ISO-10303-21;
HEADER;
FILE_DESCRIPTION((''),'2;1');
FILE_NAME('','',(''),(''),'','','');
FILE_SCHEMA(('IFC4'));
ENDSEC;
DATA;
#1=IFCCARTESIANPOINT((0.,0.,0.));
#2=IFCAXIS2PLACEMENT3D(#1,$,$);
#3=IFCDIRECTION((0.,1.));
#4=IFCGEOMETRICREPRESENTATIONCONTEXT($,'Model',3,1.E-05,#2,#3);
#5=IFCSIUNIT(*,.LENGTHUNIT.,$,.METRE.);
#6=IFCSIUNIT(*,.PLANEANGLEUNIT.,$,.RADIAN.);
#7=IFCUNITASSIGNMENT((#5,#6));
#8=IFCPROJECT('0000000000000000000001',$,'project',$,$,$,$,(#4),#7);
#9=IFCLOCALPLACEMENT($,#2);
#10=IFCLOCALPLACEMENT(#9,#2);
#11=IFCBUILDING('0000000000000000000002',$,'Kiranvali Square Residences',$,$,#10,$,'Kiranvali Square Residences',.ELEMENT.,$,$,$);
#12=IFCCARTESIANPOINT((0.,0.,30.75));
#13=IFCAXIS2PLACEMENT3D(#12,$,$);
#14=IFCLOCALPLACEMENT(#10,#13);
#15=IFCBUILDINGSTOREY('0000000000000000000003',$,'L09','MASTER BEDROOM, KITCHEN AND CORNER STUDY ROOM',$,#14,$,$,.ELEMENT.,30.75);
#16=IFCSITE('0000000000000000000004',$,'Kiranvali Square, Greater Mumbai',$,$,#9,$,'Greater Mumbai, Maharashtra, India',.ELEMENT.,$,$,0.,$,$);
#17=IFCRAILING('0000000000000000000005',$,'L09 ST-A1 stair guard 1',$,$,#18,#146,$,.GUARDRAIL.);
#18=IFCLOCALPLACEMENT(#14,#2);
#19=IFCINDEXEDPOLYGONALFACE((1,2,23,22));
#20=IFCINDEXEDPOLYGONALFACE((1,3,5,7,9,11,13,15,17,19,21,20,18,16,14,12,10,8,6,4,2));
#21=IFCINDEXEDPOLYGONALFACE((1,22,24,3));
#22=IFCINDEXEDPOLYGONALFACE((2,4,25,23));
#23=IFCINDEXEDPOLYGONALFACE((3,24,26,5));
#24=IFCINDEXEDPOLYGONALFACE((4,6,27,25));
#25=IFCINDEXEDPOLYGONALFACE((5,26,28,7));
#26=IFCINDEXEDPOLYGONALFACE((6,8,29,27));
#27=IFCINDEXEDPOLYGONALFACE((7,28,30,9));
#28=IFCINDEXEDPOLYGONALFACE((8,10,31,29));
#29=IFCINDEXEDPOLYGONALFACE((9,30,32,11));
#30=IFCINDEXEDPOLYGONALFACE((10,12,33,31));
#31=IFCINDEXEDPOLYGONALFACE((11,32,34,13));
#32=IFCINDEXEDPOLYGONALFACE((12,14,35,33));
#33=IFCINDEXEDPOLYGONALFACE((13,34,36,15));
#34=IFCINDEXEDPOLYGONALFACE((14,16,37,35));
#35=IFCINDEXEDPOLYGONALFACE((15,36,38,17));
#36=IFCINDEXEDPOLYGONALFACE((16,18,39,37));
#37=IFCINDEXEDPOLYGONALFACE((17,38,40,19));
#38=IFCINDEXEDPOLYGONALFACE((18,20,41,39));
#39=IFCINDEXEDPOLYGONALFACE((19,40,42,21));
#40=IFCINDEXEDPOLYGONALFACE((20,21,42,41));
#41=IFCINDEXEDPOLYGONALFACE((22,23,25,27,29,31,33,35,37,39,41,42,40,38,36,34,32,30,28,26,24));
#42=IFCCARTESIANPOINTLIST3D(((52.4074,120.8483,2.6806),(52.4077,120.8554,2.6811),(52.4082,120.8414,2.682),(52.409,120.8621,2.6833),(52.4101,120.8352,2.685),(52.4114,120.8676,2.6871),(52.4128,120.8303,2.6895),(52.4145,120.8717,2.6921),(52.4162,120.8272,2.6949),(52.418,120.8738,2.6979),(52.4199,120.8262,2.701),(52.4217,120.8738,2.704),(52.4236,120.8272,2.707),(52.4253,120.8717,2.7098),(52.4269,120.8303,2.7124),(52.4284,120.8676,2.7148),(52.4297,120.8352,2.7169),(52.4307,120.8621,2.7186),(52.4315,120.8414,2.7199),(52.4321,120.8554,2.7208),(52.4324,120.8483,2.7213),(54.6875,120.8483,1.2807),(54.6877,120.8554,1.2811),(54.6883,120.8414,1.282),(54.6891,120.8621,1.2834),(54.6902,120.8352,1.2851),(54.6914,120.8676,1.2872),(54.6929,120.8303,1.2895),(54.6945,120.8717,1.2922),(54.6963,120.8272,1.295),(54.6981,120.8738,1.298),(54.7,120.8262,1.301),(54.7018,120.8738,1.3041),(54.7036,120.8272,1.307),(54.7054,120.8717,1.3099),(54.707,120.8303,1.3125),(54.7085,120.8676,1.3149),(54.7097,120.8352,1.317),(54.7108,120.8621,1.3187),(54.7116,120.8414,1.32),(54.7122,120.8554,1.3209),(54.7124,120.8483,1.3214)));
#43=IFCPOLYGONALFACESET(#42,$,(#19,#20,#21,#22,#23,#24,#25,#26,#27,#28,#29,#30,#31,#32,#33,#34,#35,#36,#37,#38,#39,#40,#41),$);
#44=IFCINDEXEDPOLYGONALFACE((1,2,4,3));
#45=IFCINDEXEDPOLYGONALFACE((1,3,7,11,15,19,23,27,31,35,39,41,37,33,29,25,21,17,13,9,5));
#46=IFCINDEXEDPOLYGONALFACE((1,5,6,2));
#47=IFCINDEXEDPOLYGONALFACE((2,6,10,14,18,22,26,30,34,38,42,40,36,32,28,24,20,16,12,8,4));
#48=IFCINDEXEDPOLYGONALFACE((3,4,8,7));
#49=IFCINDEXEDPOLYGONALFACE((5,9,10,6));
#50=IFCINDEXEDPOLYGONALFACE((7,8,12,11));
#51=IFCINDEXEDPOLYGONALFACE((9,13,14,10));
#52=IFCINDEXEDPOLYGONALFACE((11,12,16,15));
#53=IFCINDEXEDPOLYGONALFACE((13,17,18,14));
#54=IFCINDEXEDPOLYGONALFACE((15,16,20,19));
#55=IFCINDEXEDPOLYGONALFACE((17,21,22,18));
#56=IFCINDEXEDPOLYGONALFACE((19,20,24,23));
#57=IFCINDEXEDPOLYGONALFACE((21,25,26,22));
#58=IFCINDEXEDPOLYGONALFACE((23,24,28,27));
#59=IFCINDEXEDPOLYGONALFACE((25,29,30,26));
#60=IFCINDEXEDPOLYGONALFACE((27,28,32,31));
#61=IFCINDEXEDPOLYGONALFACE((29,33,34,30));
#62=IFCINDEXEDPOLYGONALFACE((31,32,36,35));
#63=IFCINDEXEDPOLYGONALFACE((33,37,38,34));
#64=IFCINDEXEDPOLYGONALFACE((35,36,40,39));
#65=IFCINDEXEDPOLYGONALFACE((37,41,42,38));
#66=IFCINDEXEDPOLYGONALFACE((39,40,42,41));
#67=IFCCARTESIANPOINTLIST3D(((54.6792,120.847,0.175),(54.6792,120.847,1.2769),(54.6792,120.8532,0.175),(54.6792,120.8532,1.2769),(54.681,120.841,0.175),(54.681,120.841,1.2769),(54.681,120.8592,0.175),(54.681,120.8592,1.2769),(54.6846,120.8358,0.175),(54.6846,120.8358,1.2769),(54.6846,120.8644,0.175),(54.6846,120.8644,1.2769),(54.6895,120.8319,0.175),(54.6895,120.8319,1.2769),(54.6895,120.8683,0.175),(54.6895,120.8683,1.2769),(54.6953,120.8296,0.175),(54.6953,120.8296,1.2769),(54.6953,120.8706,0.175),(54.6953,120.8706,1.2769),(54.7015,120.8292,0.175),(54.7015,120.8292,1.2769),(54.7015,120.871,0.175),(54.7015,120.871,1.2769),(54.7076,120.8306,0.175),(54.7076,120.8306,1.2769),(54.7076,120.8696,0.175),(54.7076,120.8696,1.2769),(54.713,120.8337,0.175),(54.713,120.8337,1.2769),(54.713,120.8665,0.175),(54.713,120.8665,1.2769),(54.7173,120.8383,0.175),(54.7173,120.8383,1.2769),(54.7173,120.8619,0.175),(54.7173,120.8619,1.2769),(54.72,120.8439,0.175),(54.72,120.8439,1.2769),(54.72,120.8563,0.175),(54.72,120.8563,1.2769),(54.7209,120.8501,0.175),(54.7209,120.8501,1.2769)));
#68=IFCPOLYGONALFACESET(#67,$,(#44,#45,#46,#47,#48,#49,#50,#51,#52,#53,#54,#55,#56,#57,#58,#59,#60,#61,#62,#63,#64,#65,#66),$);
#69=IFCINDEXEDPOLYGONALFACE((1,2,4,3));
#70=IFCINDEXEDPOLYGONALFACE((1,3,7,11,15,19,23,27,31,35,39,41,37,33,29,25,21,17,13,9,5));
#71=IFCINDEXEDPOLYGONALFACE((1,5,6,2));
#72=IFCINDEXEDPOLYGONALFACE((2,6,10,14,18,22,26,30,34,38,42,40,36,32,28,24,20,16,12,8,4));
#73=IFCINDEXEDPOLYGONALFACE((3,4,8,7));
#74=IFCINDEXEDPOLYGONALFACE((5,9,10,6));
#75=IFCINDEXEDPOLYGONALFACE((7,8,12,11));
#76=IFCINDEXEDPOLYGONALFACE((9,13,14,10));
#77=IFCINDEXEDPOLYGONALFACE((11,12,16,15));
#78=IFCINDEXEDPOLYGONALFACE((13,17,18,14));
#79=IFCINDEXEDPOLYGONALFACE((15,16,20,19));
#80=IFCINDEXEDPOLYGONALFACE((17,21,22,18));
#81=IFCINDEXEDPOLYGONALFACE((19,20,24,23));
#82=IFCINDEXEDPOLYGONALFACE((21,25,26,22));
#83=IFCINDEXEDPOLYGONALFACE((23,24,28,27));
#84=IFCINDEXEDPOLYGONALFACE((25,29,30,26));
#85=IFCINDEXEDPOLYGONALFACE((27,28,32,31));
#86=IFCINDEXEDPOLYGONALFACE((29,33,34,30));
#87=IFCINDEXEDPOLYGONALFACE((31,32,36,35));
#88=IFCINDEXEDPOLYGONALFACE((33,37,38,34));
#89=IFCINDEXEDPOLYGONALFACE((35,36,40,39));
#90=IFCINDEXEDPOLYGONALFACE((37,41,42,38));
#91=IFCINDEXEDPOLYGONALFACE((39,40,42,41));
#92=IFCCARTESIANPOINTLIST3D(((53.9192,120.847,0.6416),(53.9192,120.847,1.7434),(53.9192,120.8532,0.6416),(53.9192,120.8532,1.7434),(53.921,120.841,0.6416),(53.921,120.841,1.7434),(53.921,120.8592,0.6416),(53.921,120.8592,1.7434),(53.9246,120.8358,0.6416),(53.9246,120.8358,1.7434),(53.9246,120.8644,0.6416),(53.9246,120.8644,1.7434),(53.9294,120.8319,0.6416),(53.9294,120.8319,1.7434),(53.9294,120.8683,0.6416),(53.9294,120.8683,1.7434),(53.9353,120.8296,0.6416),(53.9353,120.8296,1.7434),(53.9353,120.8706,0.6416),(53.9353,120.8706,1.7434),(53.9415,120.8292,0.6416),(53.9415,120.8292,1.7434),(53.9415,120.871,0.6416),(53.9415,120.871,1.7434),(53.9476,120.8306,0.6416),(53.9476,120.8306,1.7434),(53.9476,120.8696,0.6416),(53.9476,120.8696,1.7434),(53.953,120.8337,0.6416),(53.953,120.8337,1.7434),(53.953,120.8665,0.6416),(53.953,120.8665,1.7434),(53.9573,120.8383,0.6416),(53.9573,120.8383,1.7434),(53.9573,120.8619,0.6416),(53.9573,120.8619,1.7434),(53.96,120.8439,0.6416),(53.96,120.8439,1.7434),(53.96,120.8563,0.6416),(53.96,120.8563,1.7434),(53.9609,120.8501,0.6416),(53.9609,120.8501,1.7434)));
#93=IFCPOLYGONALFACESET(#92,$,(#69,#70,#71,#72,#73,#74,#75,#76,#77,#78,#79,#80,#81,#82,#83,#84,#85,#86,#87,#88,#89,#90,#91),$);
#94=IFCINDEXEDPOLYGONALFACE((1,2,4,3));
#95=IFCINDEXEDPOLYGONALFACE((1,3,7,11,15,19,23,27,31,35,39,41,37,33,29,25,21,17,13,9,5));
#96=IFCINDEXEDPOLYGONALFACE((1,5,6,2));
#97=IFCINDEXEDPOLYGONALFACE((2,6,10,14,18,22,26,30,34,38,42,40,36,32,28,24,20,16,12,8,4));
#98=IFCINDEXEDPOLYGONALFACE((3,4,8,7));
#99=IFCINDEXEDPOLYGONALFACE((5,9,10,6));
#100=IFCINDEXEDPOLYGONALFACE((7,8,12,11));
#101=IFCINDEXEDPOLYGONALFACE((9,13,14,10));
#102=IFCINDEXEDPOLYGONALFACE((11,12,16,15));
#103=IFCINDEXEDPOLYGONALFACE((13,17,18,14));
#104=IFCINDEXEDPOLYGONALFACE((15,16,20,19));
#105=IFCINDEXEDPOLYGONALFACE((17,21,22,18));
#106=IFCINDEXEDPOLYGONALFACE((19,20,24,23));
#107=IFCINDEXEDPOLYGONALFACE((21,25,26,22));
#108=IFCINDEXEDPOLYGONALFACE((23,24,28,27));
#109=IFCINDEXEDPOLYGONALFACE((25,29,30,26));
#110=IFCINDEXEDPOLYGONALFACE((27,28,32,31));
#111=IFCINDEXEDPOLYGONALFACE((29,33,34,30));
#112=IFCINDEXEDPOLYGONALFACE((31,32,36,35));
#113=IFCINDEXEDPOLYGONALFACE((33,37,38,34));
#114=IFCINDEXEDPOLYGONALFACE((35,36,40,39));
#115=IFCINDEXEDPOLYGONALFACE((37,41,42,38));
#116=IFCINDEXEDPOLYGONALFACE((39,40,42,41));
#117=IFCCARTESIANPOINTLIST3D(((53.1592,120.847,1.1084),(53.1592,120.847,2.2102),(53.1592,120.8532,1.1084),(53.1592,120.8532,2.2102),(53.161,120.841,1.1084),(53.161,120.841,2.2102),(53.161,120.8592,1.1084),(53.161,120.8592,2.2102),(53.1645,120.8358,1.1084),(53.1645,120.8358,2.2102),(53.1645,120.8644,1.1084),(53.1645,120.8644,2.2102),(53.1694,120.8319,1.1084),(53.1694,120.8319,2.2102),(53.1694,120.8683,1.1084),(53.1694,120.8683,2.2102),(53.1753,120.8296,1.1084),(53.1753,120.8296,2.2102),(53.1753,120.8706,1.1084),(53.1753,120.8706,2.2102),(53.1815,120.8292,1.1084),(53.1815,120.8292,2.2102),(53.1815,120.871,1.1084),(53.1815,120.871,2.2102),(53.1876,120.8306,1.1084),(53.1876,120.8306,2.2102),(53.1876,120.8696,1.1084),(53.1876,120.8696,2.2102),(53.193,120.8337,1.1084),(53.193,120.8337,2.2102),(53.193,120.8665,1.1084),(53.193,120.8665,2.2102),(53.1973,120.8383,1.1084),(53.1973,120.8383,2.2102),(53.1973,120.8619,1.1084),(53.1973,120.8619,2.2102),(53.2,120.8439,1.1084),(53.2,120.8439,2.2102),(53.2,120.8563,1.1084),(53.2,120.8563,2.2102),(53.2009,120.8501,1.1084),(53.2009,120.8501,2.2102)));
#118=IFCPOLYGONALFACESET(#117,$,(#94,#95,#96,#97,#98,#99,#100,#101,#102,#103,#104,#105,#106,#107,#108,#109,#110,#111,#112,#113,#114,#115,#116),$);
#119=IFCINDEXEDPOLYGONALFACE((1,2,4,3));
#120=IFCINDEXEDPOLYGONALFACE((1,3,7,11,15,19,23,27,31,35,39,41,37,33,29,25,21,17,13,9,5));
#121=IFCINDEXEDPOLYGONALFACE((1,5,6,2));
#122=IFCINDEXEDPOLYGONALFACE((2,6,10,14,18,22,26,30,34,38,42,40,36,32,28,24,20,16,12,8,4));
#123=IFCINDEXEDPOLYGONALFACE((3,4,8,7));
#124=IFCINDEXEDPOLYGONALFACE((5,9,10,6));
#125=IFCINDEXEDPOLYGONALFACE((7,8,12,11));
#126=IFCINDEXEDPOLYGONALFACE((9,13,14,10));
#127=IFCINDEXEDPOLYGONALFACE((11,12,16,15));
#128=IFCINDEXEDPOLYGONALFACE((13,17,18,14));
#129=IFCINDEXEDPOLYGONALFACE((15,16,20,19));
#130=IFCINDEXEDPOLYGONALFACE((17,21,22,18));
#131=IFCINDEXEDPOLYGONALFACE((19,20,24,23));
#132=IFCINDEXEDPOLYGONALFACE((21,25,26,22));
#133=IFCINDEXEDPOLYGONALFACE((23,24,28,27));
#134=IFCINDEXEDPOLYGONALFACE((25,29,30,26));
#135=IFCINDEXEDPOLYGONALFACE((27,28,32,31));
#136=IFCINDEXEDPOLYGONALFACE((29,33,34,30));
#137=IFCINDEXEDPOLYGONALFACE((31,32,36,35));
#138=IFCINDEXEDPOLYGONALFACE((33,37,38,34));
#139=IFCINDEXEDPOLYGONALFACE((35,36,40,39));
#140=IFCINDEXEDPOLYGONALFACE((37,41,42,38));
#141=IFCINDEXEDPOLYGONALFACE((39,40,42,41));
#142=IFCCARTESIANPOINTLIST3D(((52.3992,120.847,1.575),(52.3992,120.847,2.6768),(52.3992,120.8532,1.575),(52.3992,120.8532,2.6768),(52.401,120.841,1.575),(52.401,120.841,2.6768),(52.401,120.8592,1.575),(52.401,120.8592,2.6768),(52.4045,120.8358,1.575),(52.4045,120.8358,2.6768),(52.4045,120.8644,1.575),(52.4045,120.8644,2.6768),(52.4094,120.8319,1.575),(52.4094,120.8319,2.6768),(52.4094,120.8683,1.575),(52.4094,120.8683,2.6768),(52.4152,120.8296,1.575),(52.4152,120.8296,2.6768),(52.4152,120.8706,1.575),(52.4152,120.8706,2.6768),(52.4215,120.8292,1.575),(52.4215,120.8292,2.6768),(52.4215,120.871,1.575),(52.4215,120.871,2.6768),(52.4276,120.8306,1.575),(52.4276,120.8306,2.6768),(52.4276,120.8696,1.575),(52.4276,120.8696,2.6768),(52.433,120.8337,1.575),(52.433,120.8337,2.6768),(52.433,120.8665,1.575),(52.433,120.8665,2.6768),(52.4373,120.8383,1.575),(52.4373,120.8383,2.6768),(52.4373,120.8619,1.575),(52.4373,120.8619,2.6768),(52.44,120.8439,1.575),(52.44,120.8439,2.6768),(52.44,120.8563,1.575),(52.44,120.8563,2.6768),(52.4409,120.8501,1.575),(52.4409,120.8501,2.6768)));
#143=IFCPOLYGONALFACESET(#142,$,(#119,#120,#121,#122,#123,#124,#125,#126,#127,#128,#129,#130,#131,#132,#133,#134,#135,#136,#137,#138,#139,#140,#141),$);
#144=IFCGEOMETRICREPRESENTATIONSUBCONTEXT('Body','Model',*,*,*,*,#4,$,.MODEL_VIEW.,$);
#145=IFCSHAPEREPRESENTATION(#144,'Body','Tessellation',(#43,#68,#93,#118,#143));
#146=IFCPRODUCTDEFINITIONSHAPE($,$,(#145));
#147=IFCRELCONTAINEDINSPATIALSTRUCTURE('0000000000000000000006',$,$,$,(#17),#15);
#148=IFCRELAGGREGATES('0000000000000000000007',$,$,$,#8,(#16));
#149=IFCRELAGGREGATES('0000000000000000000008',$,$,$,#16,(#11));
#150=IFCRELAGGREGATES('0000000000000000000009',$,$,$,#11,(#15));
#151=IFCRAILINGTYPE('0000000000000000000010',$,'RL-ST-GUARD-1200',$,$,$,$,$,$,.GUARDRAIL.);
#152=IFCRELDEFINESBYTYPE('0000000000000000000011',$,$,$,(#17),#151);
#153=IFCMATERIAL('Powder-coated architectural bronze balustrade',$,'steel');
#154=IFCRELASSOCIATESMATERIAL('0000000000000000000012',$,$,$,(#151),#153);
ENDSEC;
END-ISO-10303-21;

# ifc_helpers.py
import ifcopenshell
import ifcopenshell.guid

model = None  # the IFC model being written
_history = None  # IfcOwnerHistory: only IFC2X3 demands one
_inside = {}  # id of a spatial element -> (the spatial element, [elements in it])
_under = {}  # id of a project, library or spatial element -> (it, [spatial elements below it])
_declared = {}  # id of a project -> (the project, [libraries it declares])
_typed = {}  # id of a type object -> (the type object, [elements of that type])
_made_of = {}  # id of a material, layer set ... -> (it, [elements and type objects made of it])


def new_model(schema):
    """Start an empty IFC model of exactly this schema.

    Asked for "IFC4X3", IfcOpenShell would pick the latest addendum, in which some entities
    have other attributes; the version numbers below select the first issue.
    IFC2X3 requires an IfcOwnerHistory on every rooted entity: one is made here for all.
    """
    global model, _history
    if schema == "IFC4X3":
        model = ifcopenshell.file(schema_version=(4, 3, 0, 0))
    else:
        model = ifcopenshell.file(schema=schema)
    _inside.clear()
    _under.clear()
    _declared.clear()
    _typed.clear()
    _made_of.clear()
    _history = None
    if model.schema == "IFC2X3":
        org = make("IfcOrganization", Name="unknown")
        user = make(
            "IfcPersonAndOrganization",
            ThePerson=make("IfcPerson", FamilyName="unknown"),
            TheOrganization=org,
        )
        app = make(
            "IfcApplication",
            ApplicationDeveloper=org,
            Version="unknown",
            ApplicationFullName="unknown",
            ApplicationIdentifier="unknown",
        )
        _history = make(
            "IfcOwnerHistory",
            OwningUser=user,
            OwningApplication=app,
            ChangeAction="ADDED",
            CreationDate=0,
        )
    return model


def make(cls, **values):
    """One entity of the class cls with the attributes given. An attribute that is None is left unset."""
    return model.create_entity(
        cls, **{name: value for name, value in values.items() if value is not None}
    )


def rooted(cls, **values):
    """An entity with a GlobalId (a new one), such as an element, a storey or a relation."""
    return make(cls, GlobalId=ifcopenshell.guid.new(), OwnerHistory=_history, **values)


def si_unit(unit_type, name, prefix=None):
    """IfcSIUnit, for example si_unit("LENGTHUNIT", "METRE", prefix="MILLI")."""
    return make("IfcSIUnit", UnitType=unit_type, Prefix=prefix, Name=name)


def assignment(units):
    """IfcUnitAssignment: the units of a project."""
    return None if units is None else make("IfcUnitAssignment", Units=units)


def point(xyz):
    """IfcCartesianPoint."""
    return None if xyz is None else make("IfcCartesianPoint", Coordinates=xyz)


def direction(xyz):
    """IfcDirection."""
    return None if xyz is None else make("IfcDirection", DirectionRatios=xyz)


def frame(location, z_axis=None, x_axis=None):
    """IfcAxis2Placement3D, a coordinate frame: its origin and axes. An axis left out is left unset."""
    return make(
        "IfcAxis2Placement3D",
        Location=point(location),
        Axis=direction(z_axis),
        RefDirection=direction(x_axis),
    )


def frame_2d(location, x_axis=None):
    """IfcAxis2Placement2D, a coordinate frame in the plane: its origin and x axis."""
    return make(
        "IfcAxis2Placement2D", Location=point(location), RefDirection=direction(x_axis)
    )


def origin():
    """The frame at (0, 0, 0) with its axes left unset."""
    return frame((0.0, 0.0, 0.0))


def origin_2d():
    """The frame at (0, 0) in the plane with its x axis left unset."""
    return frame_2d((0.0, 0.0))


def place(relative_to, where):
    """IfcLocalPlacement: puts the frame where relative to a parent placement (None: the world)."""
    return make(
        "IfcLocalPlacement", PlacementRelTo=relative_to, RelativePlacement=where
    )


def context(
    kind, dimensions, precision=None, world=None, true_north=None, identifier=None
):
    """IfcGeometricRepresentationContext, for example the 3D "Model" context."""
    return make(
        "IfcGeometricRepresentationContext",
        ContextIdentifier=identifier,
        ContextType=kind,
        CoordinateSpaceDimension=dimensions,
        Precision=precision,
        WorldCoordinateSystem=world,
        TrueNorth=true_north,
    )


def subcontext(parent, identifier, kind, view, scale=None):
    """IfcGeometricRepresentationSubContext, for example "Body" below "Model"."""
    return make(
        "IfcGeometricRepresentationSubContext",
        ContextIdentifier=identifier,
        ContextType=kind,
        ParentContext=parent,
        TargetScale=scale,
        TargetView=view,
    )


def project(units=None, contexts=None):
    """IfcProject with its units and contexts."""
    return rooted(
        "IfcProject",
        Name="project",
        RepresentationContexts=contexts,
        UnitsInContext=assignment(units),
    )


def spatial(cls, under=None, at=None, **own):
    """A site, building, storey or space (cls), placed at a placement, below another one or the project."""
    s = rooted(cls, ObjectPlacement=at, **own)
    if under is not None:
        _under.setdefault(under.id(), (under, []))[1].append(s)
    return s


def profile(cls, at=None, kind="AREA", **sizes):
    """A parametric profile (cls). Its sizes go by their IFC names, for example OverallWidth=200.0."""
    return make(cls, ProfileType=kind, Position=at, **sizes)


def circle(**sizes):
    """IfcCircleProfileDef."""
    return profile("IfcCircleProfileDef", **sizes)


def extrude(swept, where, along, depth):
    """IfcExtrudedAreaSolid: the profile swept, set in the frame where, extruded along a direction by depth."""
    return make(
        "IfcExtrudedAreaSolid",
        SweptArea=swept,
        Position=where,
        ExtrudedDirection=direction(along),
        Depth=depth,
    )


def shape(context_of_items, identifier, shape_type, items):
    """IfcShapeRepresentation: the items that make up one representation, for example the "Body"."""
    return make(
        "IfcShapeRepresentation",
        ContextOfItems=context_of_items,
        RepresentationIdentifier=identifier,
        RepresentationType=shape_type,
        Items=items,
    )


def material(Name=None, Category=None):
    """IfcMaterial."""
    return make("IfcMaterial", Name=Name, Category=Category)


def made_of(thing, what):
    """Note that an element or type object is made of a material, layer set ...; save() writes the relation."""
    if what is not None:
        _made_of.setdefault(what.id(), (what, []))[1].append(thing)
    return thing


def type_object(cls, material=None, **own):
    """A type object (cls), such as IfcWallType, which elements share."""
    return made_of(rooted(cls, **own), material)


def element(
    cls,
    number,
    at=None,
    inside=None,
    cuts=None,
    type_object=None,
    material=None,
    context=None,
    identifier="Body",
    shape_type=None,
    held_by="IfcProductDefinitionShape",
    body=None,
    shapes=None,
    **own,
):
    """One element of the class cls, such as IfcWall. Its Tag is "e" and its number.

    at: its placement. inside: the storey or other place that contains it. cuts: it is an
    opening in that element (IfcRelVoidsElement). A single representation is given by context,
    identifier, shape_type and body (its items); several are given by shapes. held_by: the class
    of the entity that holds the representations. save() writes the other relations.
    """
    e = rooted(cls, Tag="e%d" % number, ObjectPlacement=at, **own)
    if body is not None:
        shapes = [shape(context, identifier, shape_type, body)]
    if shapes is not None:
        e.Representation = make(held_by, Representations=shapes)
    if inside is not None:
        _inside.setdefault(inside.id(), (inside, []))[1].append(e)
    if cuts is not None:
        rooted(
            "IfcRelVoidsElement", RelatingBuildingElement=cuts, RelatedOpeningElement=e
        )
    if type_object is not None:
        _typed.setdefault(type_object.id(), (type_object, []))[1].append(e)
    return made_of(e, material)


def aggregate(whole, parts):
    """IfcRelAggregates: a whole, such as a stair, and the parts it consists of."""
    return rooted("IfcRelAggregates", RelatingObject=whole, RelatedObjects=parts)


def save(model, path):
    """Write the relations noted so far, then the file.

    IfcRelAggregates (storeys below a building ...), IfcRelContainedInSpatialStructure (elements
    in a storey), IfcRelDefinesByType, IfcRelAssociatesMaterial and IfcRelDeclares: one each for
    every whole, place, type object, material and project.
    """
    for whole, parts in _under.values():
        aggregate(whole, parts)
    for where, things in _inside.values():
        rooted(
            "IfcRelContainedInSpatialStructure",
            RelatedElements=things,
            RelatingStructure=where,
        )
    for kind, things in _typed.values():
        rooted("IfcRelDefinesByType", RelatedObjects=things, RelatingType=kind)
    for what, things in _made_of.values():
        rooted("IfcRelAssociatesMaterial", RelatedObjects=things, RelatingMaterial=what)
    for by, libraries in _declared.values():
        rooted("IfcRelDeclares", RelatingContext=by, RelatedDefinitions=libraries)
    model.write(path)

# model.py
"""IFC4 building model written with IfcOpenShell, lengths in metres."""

from ifc_helpers import new_model, si_unit, direction, frame, origin, origin_2d, place, context, subcontext, project, spatial, circle, extrude, material, type_object, element, save


model = new_model("IFC4")

# Units and contexts
model_context = context("Model", 3, precision=1e-05, world=origin(), true_north=direction((0.0, 1.0)))
body_context = subcontext(model_context, "Body", "Model", "MODEL_VIEW")
ifc_project = project(units=[si_unit("LENGTHUNIT", "METRE"), si_unit("PLANEANGLEUNIT", "RADIAN")], contexts=[model_context])

# Site, building, storey
site_placement = place(None, origin())
site = spatial("IfcSite", under=ifc_project, at=site_placement, Name="Kiranvali Square, Greater Mumbai", LongName="Greater Mumbai, Maharashtra, India", CompositionType="ELEMENT", RefElevation=0.0)
building_placement = place(site_placement, origin())
building = spatial("IfcBuilding", under=site, at=building_placement, Name="Kiranvali Square Residences", LongName="Kiranvali Square Residences", CompositionType="ELEMENT")
storey_placement = place(building_placement, frame((0.0, 0.0, 30.75)))
storey = spatial("IfcBuildingStorey", under=building, at=storey_placement, Name="L09", Description="MASTER BEDROOM, KITCHEN AND CORNER STUDY ROOM", CompositionType="ELEMENT", Elevation=30.75)

# Railing
ifc_material_1 = material(Name="Powder-coated architectural bronze balustrade", Category="steel")
railing_type_1 = type_object("IfcRailingType", Name="RL-ST-GUARD-1200", PredefinedType="GUARDRAIL", material=ifc_material_1)
railing_1_placement = place(storey_placement, frame((54.7, 120.8501, 0.175)))
element("IfcRailing", 1, at=railing_1_placement, inside=storey, type_object=railing_type_1, Name="L09 ST-A1 stair guard 1", PredefinedType="GUARDRAIL", context=body_context, shape_type="SweptSolid", body=[
    extrude(circle(Radius=0.0239, at=origin_2d()), frame((0.0, 0.0, 1.126), z_axis=(-0.85219, 0.0, 0.523232), x_axis=(0.0, -1.0, 0.0)), (0.0, 0.0, 1.0), 2.6755),
    extrude(circle(Radius=0.021, at=origin_2d()), origin(), (0.0, 0.0, 1.0), 1.1018),
    extrude(circle(Radius=0.021, at=origin_2d()), frame((-0.76, 0.0, 0.4666)), (0.0, 0.0, 1.0), 1.1018),
    extrude(circle(Radius=0.021, at=origin_2d()), frame((-1.52, 0.0, 0.9333)), (0.0, 0.0, 1.0), 1.1018),
    extrude(circle(Radius=0.021, at=origin_2d()), frame((-2.28, 0.0, 1.3999)), (0.0, 0.0, 1.0), 1.1018),
])

save(model, "model.ifc")
